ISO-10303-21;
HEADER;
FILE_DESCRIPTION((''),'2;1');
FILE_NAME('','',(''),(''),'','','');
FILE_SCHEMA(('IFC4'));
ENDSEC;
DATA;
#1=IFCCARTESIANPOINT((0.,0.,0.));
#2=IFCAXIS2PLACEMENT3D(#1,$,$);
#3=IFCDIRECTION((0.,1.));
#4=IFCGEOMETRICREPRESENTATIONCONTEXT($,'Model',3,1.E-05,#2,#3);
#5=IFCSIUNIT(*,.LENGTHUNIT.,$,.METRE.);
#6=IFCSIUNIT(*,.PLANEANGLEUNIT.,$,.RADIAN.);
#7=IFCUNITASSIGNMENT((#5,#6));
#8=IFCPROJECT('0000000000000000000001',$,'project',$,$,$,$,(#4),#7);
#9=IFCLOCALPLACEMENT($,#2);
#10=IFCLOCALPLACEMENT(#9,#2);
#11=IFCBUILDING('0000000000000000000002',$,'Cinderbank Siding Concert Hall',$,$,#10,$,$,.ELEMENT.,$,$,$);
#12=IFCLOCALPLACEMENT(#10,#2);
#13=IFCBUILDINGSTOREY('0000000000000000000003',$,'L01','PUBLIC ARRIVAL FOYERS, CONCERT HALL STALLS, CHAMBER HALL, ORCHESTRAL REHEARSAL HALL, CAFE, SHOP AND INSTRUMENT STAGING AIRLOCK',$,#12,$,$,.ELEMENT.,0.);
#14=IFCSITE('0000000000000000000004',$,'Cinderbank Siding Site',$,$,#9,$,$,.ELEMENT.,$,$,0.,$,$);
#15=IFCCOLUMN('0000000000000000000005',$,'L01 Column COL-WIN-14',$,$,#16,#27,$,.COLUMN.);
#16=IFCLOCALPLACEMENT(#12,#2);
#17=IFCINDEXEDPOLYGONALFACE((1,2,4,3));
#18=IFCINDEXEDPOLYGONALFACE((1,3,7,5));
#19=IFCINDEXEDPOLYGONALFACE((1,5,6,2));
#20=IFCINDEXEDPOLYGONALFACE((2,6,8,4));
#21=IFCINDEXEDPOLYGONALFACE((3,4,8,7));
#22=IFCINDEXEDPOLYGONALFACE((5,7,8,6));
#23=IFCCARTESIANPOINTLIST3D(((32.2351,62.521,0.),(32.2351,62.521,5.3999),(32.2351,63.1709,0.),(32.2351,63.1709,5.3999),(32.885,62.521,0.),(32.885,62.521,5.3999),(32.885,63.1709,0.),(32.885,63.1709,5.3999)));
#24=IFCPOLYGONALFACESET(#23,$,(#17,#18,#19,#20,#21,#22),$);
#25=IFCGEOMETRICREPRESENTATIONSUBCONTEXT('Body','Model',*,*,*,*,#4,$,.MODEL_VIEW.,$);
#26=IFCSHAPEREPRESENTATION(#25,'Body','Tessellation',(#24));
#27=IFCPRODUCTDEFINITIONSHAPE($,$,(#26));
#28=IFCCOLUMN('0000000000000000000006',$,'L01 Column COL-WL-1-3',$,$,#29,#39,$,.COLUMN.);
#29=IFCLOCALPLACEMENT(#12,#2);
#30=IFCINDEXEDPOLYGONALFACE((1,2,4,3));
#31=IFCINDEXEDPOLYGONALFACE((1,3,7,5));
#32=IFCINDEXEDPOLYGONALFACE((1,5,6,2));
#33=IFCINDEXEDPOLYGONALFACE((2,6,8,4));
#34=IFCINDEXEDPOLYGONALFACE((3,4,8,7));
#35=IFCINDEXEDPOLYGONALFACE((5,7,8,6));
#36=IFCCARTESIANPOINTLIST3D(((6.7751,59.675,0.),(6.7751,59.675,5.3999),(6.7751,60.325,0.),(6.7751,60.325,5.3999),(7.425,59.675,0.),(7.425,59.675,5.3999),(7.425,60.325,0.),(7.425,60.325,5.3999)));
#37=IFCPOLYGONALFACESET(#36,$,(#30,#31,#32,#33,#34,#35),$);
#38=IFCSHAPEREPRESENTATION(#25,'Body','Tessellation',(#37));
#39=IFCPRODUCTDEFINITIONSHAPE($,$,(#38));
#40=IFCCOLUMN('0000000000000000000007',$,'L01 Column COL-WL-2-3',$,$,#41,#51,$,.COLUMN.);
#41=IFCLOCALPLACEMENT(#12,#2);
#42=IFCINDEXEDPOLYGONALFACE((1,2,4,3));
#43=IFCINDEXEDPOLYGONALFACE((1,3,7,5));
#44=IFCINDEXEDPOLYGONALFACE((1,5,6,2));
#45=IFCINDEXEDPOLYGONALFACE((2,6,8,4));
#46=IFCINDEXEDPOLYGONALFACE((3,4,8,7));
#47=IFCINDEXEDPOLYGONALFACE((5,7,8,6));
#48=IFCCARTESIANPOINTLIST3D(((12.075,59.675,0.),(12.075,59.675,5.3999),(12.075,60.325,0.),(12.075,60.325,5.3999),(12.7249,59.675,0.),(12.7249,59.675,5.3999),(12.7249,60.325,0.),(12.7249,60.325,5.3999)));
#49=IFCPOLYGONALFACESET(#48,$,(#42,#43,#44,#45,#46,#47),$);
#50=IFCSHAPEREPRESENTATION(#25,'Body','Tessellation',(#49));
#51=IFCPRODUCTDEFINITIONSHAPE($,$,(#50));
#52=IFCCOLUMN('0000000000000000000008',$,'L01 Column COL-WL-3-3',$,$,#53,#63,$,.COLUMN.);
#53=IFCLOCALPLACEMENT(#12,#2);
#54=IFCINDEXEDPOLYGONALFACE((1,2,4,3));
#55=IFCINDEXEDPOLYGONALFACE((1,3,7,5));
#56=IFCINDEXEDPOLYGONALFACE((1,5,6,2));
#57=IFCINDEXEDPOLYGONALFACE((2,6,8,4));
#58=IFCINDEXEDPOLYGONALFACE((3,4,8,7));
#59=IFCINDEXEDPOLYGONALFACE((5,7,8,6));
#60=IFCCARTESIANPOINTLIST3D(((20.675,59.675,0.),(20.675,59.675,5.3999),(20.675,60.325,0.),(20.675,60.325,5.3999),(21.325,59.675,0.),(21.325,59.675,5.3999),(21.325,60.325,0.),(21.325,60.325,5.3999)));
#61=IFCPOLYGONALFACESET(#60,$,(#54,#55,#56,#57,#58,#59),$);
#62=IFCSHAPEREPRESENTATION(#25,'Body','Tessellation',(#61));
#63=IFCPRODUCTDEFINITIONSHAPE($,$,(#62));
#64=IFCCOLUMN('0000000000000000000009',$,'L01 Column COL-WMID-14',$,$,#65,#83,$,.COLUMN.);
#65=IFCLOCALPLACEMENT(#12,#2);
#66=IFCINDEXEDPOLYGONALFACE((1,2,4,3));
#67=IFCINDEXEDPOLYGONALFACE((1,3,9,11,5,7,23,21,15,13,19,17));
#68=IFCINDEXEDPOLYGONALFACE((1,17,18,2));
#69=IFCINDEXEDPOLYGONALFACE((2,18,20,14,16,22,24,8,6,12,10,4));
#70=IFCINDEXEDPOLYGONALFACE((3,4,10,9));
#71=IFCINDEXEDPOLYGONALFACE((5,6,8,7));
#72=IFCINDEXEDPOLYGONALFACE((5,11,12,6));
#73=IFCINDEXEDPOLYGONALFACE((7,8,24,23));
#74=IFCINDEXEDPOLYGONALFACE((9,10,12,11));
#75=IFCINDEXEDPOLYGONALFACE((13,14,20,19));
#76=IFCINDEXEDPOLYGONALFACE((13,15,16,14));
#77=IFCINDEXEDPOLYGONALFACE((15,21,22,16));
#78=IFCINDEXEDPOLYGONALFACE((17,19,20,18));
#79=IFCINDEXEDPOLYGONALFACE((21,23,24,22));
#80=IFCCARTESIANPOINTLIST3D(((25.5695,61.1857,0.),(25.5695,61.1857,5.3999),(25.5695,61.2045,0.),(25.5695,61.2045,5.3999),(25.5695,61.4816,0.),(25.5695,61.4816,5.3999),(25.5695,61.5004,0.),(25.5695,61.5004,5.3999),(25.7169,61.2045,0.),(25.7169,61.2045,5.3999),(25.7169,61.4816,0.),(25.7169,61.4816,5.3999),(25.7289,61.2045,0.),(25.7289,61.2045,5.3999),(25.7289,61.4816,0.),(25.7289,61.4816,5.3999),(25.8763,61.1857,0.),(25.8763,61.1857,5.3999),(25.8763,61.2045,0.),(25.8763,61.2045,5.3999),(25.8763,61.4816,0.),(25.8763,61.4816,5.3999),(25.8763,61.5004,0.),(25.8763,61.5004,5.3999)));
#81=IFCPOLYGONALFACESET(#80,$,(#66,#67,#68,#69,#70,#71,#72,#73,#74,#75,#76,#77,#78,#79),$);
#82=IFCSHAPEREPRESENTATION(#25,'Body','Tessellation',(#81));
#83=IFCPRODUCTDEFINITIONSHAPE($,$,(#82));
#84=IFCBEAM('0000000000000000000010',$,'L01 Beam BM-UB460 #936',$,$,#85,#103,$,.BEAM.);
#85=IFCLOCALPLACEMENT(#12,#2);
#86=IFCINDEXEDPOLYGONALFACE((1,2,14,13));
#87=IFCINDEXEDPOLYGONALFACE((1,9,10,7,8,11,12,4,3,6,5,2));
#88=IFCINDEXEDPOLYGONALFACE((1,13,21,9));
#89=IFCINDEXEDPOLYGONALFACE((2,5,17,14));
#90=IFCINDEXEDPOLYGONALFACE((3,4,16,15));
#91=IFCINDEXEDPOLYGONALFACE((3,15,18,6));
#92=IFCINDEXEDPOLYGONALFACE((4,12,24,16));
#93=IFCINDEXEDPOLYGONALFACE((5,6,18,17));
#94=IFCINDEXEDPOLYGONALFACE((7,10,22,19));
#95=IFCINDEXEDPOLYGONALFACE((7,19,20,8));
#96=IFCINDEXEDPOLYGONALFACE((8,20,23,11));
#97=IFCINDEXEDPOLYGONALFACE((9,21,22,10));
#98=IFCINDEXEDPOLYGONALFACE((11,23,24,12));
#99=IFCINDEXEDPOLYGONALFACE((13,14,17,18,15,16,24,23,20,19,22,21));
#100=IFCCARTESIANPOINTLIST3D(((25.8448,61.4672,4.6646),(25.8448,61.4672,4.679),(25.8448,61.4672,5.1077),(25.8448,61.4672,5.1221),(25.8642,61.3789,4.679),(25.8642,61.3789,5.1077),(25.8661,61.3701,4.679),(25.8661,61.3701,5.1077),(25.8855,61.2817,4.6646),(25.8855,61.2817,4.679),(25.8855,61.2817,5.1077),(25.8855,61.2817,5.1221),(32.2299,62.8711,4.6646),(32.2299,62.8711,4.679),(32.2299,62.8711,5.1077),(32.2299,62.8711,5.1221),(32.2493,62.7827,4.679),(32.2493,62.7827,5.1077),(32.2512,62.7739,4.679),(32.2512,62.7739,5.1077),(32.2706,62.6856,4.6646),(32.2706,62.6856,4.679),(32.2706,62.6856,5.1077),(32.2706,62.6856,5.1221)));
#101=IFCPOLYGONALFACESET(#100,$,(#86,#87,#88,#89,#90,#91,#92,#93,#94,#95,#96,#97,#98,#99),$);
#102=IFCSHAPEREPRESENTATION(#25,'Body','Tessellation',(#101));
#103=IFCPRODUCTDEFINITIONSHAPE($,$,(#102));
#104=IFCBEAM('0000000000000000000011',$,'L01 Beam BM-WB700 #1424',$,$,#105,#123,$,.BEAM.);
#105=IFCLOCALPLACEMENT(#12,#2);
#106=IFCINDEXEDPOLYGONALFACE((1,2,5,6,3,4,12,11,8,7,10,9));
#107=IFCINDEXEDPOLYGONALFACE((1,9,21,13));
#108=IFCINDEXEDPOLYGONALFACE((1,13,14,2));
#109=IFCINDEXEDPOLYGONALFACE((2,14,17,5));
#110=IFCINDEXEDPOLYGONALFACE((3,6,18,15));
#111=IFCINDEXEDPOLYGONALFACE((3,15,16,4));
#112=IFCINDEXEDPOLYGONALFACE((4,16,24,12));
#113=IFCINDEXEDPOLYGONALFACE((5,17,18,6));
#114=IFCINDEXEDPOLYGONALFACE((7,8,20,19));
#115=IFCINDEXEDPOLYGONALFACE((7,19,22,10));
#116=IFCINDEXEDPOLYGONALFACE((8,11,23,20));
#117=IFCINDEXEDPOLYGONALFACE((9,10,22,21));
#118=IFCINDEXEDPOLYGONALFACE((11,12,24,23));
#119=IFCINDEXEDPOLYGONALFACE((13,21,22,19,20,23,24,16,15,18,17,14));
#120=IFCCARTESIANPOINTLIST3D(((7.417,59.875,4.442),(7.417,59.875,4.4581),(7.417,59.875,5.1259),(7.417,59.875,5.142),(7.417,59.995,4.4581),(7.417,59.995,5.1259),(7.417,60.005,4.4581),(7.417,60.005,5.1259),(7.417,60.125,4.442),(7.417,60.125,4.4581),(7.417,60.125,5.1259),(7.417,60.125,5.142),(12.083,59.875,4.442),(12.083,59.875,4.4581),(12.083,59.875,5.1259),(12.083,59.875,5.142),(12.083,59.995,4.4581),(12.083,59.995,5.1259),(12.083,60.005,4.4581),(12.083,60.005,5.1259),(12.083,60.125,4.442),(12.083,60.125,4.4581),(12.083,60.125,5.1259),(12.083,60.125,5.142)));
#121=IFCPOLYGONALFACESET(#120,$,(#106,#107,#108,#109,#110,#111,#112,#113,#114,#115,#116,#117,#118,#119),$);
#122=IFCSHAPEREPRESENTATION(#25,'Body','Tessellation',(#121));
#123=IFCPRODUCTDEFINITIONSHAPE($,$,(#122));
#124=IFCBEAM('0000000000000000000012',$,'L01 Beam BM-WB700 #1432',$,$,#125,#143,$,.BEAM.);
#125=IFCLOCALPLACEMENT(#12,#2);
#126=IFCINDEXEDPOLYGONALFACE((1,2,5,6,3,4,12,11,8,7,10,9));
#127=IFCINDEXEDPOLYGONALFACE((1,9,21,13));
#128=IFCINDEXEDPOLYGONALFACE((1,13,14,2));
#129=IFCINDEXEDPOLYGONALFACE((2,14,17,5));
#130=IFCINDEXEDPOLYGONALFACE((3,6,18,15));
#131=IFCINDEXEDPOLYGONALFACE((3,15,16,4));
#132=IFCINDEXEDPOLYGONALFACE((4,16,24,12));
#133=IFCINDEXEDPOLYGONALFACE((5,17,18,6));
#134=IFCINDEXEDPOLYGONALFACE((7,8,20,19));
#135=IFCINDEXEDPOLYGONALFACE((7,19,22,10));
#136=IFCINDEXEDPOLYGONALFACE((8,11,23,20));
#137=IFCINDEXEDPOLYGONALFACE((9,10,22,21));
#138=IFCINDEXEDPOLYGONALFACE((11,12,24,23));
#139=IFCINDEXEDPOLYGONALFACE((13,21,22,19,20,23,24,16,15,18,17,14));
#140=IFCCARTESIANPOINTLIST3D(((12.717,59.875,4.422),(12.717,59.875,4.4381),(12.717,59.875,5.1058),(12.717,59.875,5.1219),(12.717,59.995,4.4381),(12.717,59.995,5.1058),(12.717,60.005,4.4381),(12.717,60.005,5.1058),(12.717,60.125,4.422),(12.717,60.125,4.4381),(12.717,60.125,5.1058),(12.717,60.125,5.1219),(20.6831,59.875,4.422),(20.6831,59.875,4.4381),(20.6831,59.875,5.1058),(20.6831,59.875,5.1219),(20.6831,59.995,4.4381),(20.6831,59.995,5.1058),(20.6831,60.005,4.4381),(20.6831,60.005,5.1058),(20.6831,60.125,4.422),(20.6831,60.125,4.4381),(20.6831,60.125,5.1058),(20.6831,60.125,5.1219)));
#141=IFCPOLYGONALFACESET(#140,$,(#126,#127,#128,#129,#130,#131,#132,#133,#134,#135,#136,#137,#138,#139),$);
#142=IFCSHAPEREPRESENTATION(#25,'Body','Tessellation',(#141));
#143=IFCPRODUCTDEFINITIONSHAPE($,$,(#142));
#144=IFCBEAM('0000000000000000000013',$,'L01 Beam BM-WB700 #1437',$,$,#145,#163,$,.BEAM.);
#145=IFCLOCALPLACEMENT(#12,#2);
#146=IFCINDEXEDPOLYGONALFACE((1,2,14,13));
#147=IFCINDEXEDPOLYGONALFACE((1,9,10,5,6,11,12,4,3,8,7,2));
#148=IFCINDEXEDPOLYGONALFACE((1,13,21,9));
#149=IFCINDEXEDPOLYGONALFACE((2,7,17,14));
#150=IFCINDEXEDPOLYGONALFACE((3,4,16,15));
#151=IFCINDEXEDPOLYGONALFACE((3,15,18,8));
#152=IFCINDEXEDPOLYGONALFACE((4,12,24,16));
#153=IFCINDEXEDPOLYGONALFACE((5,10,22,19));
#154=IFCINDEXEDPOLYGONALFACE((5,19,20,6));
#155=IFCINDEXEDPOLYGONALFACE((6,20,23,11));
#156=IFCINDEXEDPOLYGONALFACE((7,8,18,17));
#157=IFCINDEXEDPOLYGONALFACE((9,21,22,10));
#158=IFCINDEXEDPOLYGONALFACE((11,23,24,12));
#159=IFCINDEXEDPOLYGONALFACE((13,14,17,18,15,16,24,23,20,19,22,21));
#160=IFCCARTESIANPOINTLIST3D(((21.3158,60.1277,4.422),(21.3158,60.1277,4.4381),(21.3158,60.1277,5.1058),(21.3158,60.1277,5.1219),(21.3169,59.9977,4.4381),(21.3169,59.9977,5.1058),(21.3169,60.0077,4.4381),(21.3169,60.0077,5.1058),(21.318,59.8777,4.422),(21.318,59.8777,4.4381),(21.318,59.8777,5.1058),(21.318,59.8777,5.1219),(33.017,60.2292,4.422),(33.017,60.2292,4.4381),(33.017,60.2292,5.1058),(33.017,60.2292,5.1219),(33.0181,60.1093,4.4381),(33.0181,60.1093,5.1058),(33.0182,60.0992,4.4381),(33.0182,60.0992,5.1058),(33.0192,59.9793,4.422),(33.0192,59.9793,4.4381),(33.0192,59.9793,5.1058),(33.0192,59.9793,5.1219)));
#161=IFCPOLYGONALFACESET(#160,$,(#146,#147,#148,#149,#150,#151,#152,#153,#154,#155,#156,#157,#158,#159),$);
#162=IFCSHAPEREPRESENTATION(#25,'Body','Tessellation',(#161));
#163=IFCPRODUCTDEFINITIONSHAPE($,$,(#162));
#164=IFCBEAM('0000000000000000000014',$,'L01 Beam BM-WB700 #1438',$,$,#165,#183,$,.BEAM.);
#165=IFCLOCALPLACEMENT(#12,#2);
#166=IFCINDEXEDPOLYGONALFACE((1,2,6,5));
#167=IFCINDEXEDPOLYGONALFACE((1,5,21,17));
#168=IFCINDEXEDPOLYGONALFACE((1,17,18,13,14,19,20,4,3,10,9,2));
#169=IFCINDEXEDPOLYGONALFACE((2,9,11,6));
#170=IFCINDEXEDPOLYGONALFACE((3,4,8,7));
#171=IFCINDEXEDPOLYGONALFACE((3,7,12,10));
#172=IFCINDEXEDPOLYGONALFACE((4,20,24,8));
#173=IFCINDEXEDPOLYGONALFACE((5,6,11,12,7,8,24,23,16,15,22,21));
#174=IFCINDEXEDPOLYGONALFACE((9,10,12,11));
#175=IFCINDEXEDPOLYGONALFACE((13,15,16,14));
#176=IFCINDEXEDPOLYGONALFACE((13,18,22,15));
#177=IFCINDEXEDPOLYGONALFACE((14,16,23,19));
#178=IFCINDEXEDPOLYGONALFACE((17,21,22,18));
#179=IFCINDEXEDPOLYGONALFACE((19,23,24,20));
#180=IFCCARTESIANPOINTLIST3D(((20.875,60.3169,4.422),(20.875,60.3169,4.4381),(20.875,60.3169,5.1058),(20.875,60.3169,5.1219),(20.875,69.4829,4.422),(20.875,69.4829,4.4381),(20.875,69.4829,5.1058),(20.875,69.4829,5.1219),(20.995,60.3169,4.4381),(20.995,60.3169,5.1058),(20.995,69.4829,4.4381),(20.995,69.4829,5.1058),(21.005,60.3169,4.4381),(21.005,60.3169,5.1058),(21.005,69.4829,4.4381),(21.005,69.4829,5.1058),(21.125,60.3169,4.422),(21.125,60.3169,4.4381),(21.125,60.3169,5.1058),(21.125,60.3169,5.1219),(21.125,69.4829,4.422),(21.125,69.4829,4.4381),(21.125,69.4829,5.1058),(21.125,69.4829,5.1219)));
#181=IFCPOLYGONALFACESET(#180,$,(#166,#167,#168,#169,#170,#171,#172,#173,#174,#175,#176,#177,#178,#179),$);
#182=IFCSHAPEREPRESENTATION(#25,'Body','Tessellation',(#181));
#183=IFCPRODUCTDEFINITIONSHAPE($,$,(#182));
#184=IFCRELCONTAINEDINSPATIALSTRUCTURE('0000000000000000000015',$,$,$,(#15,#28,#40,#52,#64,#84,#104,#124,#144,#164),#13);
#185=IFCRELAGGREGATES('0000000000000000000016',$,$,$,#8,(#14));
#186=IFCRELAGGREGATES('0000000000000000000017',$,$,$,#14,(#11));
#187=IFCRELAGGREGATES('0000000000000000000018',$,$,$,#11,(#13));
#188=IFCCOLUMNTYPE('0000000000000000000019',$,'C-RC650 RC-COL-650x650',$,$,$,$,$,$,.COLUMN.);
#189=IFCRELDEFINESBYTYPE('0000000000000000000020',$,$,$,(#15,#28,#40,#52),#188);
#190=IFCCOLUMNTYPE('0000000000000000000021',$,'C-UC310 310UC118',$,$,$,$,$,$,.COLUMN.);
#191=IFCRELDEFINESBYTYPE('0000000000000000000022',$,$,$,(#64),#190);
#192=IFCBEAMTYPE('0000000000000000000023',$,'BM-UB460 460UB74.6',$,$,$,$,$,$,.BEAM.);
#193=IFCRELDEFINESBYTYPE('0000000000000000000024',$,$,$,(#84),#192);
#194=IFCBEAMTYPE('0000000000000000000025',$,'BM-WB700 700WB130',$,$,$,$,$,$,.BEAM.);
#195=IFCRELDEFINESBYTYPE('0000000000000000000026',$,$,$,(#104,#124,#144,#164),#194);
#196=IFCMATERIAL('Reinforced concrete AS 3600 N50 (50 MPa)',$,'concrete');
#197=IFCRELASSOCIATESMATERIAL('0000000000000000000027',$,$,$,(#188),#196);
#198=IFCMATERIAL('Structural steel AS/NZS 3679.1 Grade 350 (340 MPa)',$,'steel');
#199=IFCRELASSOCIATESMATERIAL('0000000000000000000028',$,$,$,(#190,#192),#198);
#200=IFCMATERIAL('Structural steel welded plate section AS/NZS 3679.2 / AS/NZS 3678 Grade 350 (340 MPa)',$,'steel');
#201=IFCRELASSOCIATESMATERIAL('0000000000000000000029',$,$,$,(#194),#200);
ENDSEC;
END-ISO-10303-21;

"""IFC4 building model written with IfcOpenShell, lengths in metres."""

from ifc_helpers import new_model, si_unit, direction, frame, origin, origin_2d, place, context, subcontext, project, spatial, rectangle, i_section, extrude, material, material_profile, profile_set, type_object, element, save


model = new_model("IFC4")

# Units and contexts
model_context = context("Model", 3, precision=1e-05, world=origin(), true_north=direction((0.0, 1.0)))
body_context = subcontext(model_context, "Body", "Model", "MODEL_VIEW")
ifc_project = project(units=[si_unit("LENGTHUNIT", "METRE"), si_unit("PLANEANGLEUNIT", "RADIAN")], contexts=[model_context])

# Site, building, storey
site_placement = place(None, origin())
site = spatial("IfcSite", under=ifc_project, at=site_placement, Name="Cinderbank Siding Site", CompositionType="ELEMENT", RefElevation=0.0)
building_placement = place(site_placement, origin())
building = spatial("IfcBuilding", under=site, at=building_placement, Name="Cinderbank Siding Concert Hall", CompositionType="ELEMENT")
storey_placement = place(building_placement, origin())
storey = spatial("IfcBuildingStorey", under=building, at=storey_placement, Name="L01", Description="PUBLIC ARRIVAL FOYERS, CONCERT HALL STALLS, CHAMBER HALL, ORCHESTRAL REHEARSAL HALL, CAFE, SHOP AND INSTRUMENT STAGING AIRLOCK", CompositionType="ELEMENT", Elevation=0.0)

# Columns
ifc_material_1 = material(Name="Reinforced concrete AS 3600 N50 (50 MPa)", Category="concrete")
ifc_material_profile_1 = material_profile(ifc_material_1, rectangle(XDim=0.6499, YDim=0.6499, at=origin_2d()), Name="RC-COL-650x650", Category="LoadBearing")
ifc_profile_set_1 = profile_set([ifc_material_profile_1], Name="Reinforced concrete AS 3600 N50 (50 MPa)")
column_type_1 = type_object("IfcColumnType", Name="C-RC650 RC-COL-650x650", PredefinedType="COLUMN", material=ifc_profile_set_1)
for number, where, z_axis, x_axis, name in (
    (1, (32.5601, 62.8459, 0.0), (0.0, 0.0, 1.0), (1.0, 0.0, 0.0), "L01 Column COL-WIN-14"),
    (2, (7.1001, 60.0, 0.0), (0.0, 0.0, 1.0), (1.0, 0.0, 0.0), "L01 Column COL-WL-1-3"),
    (3, (12.3999, 60.0, 0.0), (0.0, 0.0, 1.0), (1.0, 0.0, 0.0), "L01 Column COL-WL-2-3"),
    (4, (21.0, 60.0, 0.0), (0.0, 0.0, 1.0), (1.0, 0.0, 0.0), "L01 Column COL-WL-3-3"),
):
    element("IfcColumn", number, at=place(storey_placement, frame(where, z_axis=z_axis, x_axis=x_axis)), inside=storey, type_object=column_type_1, Name=name, PredefinedType="COLUMN", context=body_context, shape_type="SweptSolid", body=[
        extrude(rectangle(XDim=0.6499, YDim=0.6499, at=origin_2d()), origin(), (0.0, 0.0, 1.0), 5.3999),
    ])
ifc_material_2 = material(Name="Structural steel AS/NZS 3679.1 Grade 350 (340 MPa)", Category="steel")
ifc_material_profile_2 = material_profile(ifc_material_2, i_section(OverallWidth=0.3069, OverallDepth=0.3147, WebThickness=0.012, FlangeThickness=0.0188, at=origin_2d()), Name="310UC118", Category="LoadBearing")
ifc_profile_set_2 = profile_set([ifc_material_profile_2], Name="Structural steel AS/NZS 3679.1 Grade 350 (340 MPa)")
column_type_2 = type_object("IfcColumnType", Name="C-UC310 310UC118", PredefinedType="COLUMN", material=ifc_profile_set_2)
column_placement = place(storey_placement, frame((25.7229, 61.343, 0.0), z_axis=(0.0, 0.0, 1.0), x_axis=(1.0, 0.0, 0.0)))
element("IfcColumn", 5, at=column_placement, inside=storey, type_object=column_type_2, Name="L01 Column COL-WMID-14", PredefinedType="COLUMN", context=body_context, shape_type="SweptSolid", body=[
    extrude(i_section(OverallWidth=0.3069, OverallDepth=0.3147, WebThickness=0.012, FlangeThickness=0.0188, at=origin_2d()), origin(), (0.0, 0.0, 1.0), 5.3999),
])

# Beams
ifc_material_profile_3 = material_profile(ifc_material_2, i_section(OverallWidth=0.1899, OverallDepth=0.4575, WebThickness=0.009, FlangeThickness=0.0144, at=origin_2d()), Name="460UB74.6", Category="LoadBearing")
ifc_profile_set_3 = profile_set([ifc_material_profile_3], Name="Structural steel AS/NZS 3679.1 Grade 350 (340 MPa)")
beam_type_1 = type_object("IfcBeamType", Name="BM-UB460 460UB74.6", PredefinedType="BEAM", material=ifc_profile_set_3)
beam_1_placement = place(storey_placement, frame((32.2502, 62.7783, 4.8933), z_axis=(-0.976673, -0.214731, 0.0), x_axis=(0.214731, -0.976673, 0.0)))
element("IfcBeam", 6, at=beam_1_placement, inside=storey, type_object=beam_type_1, Name="L01 Beam BM-UB460 #936", PredefinedType="BEAM", context=body_context, shape_type="SweptSolid", body=[
    extrude(i_section(OverallWidth=0.1899, OverallDepth=0.4575, WebThickness=0.009, FlangeThickness=0.0144, at=origin_2d()), origin(), (0.0, 0.0, 1.0), 6.5376),
])
ifc_material_3 = material(Name="Structural steel welded plate section AS/NZS 3679.2 / AS/NZS 3678 Grade 350 (340 MPa)", Category="steel")
ifc_material_profile_4 = material_profile(ifc_material_3, i_section(OverallWidth=0.25, OverallDepth=0.7, WebThickness=0.01, FlangeThickness=0.0161, at=origin_2d()), Name="700WB130", Category="LoadBearing")
ifc_profile_set_4 = profile_set([ifc_material_profile_4], Name="Structural steel welded plate section AS/NZS 3679.2 / AS/NZS 3678 Grade 350 (340 MPa)")
beam_type_2 = type_object("IfcBeamType", Name="BM-WB700 700WB130", PredefinedType="BEAM", material=ifc_profile_set_4)
beam_2_placement = place(storey_placement, frame((7.417, 60.0, 4.792), z_axis=(1.0, 0.0, 0.0), x_axis=(0.0, 1.0, 0.0)))
element("IfcBeam", 7, at=beam_2_placement, inside=storey, type_object=beam_type_2, Name="L01 Beam BM-WB700 #1424", PredefinedType="BEAM", context=body_context, shape_type="SweptSolid", body=[
    extrude(i_section(OverallWidth=0.25, OverallDepth=0.7, WebThickness=0.01, FlangeThickness=0.0161, at=origin_2d()), origin(), (0.0, 0.0, 1.0), 4.666),
])
beam_3_placement = place(storey_placement, frame((12.717, 60.0, 4.772), z_axis=(1.0, 0.0, 0.0), x_axis=(0.0, 1.0, 0.0)))
element("IfcBeam", 8, at=beam_3_placement, inside=storey, type_object=beam_type_2, Name="L01 Beam BM-WB700 #1432", PredefinedType="BEAM", context=body_context, shape_type="SweptSolid", body=[
    extrude(i_section(OverallWidth=0.25, OverallDepth=0.7, WebThickness=0.01, FlangeThickness=0.0161, at=origin_2d()), origin(), (0.0, 0.0, 1.0), 7.9661),
])
beam_4_placement = place(storey_placement, frame((21.3169, 60.0027, 4.772), z_axis=(0.999962, 0.008679, 0.0), x_axis=(-0.008679, 0.999962, 0.0)))
element("IfcBeam", 9, at=beam_4_placement, inside=storey, type_object=beam_type_2, Name="L01 Beam BM-WB700 #1437", PredefinedType="BEAM", context=body_context, shape_type="SweptSolid", body=[
    extrude(i_section(OverallWidth=0.25, OverallDepth=0.7, WebThickness=0.01, FlangeThickness=0.0161, at=origin_2d()), origin(), (0.0, 0.0, 1.0), 11.7017),
])
beam_5_placement = place(storey_placement, frame((21.0, 60.3169, 4.772), z_axis=(0.0, 1.0, 0.0), x_axis=(-1.0, 0.0, 0.0)))
element("IfcBeam", 10, at=beam_5_placement, inside=storey, type_object=beam_type_2, Name="L01 Beam BM-WB700 #1438", PredefinedType="BEAM", context=body_context, shape_type="SweptSolid", body=[
    extrude(i_section(OverallWidth=0.25, OverallDepth=0.7, WebThickness=0.01, FlangeThickness=0.0161, at=origin_2d()), origin(), (0.0, 0.0, 1.0), 9.166),
])

save(model, "model.ifc")
